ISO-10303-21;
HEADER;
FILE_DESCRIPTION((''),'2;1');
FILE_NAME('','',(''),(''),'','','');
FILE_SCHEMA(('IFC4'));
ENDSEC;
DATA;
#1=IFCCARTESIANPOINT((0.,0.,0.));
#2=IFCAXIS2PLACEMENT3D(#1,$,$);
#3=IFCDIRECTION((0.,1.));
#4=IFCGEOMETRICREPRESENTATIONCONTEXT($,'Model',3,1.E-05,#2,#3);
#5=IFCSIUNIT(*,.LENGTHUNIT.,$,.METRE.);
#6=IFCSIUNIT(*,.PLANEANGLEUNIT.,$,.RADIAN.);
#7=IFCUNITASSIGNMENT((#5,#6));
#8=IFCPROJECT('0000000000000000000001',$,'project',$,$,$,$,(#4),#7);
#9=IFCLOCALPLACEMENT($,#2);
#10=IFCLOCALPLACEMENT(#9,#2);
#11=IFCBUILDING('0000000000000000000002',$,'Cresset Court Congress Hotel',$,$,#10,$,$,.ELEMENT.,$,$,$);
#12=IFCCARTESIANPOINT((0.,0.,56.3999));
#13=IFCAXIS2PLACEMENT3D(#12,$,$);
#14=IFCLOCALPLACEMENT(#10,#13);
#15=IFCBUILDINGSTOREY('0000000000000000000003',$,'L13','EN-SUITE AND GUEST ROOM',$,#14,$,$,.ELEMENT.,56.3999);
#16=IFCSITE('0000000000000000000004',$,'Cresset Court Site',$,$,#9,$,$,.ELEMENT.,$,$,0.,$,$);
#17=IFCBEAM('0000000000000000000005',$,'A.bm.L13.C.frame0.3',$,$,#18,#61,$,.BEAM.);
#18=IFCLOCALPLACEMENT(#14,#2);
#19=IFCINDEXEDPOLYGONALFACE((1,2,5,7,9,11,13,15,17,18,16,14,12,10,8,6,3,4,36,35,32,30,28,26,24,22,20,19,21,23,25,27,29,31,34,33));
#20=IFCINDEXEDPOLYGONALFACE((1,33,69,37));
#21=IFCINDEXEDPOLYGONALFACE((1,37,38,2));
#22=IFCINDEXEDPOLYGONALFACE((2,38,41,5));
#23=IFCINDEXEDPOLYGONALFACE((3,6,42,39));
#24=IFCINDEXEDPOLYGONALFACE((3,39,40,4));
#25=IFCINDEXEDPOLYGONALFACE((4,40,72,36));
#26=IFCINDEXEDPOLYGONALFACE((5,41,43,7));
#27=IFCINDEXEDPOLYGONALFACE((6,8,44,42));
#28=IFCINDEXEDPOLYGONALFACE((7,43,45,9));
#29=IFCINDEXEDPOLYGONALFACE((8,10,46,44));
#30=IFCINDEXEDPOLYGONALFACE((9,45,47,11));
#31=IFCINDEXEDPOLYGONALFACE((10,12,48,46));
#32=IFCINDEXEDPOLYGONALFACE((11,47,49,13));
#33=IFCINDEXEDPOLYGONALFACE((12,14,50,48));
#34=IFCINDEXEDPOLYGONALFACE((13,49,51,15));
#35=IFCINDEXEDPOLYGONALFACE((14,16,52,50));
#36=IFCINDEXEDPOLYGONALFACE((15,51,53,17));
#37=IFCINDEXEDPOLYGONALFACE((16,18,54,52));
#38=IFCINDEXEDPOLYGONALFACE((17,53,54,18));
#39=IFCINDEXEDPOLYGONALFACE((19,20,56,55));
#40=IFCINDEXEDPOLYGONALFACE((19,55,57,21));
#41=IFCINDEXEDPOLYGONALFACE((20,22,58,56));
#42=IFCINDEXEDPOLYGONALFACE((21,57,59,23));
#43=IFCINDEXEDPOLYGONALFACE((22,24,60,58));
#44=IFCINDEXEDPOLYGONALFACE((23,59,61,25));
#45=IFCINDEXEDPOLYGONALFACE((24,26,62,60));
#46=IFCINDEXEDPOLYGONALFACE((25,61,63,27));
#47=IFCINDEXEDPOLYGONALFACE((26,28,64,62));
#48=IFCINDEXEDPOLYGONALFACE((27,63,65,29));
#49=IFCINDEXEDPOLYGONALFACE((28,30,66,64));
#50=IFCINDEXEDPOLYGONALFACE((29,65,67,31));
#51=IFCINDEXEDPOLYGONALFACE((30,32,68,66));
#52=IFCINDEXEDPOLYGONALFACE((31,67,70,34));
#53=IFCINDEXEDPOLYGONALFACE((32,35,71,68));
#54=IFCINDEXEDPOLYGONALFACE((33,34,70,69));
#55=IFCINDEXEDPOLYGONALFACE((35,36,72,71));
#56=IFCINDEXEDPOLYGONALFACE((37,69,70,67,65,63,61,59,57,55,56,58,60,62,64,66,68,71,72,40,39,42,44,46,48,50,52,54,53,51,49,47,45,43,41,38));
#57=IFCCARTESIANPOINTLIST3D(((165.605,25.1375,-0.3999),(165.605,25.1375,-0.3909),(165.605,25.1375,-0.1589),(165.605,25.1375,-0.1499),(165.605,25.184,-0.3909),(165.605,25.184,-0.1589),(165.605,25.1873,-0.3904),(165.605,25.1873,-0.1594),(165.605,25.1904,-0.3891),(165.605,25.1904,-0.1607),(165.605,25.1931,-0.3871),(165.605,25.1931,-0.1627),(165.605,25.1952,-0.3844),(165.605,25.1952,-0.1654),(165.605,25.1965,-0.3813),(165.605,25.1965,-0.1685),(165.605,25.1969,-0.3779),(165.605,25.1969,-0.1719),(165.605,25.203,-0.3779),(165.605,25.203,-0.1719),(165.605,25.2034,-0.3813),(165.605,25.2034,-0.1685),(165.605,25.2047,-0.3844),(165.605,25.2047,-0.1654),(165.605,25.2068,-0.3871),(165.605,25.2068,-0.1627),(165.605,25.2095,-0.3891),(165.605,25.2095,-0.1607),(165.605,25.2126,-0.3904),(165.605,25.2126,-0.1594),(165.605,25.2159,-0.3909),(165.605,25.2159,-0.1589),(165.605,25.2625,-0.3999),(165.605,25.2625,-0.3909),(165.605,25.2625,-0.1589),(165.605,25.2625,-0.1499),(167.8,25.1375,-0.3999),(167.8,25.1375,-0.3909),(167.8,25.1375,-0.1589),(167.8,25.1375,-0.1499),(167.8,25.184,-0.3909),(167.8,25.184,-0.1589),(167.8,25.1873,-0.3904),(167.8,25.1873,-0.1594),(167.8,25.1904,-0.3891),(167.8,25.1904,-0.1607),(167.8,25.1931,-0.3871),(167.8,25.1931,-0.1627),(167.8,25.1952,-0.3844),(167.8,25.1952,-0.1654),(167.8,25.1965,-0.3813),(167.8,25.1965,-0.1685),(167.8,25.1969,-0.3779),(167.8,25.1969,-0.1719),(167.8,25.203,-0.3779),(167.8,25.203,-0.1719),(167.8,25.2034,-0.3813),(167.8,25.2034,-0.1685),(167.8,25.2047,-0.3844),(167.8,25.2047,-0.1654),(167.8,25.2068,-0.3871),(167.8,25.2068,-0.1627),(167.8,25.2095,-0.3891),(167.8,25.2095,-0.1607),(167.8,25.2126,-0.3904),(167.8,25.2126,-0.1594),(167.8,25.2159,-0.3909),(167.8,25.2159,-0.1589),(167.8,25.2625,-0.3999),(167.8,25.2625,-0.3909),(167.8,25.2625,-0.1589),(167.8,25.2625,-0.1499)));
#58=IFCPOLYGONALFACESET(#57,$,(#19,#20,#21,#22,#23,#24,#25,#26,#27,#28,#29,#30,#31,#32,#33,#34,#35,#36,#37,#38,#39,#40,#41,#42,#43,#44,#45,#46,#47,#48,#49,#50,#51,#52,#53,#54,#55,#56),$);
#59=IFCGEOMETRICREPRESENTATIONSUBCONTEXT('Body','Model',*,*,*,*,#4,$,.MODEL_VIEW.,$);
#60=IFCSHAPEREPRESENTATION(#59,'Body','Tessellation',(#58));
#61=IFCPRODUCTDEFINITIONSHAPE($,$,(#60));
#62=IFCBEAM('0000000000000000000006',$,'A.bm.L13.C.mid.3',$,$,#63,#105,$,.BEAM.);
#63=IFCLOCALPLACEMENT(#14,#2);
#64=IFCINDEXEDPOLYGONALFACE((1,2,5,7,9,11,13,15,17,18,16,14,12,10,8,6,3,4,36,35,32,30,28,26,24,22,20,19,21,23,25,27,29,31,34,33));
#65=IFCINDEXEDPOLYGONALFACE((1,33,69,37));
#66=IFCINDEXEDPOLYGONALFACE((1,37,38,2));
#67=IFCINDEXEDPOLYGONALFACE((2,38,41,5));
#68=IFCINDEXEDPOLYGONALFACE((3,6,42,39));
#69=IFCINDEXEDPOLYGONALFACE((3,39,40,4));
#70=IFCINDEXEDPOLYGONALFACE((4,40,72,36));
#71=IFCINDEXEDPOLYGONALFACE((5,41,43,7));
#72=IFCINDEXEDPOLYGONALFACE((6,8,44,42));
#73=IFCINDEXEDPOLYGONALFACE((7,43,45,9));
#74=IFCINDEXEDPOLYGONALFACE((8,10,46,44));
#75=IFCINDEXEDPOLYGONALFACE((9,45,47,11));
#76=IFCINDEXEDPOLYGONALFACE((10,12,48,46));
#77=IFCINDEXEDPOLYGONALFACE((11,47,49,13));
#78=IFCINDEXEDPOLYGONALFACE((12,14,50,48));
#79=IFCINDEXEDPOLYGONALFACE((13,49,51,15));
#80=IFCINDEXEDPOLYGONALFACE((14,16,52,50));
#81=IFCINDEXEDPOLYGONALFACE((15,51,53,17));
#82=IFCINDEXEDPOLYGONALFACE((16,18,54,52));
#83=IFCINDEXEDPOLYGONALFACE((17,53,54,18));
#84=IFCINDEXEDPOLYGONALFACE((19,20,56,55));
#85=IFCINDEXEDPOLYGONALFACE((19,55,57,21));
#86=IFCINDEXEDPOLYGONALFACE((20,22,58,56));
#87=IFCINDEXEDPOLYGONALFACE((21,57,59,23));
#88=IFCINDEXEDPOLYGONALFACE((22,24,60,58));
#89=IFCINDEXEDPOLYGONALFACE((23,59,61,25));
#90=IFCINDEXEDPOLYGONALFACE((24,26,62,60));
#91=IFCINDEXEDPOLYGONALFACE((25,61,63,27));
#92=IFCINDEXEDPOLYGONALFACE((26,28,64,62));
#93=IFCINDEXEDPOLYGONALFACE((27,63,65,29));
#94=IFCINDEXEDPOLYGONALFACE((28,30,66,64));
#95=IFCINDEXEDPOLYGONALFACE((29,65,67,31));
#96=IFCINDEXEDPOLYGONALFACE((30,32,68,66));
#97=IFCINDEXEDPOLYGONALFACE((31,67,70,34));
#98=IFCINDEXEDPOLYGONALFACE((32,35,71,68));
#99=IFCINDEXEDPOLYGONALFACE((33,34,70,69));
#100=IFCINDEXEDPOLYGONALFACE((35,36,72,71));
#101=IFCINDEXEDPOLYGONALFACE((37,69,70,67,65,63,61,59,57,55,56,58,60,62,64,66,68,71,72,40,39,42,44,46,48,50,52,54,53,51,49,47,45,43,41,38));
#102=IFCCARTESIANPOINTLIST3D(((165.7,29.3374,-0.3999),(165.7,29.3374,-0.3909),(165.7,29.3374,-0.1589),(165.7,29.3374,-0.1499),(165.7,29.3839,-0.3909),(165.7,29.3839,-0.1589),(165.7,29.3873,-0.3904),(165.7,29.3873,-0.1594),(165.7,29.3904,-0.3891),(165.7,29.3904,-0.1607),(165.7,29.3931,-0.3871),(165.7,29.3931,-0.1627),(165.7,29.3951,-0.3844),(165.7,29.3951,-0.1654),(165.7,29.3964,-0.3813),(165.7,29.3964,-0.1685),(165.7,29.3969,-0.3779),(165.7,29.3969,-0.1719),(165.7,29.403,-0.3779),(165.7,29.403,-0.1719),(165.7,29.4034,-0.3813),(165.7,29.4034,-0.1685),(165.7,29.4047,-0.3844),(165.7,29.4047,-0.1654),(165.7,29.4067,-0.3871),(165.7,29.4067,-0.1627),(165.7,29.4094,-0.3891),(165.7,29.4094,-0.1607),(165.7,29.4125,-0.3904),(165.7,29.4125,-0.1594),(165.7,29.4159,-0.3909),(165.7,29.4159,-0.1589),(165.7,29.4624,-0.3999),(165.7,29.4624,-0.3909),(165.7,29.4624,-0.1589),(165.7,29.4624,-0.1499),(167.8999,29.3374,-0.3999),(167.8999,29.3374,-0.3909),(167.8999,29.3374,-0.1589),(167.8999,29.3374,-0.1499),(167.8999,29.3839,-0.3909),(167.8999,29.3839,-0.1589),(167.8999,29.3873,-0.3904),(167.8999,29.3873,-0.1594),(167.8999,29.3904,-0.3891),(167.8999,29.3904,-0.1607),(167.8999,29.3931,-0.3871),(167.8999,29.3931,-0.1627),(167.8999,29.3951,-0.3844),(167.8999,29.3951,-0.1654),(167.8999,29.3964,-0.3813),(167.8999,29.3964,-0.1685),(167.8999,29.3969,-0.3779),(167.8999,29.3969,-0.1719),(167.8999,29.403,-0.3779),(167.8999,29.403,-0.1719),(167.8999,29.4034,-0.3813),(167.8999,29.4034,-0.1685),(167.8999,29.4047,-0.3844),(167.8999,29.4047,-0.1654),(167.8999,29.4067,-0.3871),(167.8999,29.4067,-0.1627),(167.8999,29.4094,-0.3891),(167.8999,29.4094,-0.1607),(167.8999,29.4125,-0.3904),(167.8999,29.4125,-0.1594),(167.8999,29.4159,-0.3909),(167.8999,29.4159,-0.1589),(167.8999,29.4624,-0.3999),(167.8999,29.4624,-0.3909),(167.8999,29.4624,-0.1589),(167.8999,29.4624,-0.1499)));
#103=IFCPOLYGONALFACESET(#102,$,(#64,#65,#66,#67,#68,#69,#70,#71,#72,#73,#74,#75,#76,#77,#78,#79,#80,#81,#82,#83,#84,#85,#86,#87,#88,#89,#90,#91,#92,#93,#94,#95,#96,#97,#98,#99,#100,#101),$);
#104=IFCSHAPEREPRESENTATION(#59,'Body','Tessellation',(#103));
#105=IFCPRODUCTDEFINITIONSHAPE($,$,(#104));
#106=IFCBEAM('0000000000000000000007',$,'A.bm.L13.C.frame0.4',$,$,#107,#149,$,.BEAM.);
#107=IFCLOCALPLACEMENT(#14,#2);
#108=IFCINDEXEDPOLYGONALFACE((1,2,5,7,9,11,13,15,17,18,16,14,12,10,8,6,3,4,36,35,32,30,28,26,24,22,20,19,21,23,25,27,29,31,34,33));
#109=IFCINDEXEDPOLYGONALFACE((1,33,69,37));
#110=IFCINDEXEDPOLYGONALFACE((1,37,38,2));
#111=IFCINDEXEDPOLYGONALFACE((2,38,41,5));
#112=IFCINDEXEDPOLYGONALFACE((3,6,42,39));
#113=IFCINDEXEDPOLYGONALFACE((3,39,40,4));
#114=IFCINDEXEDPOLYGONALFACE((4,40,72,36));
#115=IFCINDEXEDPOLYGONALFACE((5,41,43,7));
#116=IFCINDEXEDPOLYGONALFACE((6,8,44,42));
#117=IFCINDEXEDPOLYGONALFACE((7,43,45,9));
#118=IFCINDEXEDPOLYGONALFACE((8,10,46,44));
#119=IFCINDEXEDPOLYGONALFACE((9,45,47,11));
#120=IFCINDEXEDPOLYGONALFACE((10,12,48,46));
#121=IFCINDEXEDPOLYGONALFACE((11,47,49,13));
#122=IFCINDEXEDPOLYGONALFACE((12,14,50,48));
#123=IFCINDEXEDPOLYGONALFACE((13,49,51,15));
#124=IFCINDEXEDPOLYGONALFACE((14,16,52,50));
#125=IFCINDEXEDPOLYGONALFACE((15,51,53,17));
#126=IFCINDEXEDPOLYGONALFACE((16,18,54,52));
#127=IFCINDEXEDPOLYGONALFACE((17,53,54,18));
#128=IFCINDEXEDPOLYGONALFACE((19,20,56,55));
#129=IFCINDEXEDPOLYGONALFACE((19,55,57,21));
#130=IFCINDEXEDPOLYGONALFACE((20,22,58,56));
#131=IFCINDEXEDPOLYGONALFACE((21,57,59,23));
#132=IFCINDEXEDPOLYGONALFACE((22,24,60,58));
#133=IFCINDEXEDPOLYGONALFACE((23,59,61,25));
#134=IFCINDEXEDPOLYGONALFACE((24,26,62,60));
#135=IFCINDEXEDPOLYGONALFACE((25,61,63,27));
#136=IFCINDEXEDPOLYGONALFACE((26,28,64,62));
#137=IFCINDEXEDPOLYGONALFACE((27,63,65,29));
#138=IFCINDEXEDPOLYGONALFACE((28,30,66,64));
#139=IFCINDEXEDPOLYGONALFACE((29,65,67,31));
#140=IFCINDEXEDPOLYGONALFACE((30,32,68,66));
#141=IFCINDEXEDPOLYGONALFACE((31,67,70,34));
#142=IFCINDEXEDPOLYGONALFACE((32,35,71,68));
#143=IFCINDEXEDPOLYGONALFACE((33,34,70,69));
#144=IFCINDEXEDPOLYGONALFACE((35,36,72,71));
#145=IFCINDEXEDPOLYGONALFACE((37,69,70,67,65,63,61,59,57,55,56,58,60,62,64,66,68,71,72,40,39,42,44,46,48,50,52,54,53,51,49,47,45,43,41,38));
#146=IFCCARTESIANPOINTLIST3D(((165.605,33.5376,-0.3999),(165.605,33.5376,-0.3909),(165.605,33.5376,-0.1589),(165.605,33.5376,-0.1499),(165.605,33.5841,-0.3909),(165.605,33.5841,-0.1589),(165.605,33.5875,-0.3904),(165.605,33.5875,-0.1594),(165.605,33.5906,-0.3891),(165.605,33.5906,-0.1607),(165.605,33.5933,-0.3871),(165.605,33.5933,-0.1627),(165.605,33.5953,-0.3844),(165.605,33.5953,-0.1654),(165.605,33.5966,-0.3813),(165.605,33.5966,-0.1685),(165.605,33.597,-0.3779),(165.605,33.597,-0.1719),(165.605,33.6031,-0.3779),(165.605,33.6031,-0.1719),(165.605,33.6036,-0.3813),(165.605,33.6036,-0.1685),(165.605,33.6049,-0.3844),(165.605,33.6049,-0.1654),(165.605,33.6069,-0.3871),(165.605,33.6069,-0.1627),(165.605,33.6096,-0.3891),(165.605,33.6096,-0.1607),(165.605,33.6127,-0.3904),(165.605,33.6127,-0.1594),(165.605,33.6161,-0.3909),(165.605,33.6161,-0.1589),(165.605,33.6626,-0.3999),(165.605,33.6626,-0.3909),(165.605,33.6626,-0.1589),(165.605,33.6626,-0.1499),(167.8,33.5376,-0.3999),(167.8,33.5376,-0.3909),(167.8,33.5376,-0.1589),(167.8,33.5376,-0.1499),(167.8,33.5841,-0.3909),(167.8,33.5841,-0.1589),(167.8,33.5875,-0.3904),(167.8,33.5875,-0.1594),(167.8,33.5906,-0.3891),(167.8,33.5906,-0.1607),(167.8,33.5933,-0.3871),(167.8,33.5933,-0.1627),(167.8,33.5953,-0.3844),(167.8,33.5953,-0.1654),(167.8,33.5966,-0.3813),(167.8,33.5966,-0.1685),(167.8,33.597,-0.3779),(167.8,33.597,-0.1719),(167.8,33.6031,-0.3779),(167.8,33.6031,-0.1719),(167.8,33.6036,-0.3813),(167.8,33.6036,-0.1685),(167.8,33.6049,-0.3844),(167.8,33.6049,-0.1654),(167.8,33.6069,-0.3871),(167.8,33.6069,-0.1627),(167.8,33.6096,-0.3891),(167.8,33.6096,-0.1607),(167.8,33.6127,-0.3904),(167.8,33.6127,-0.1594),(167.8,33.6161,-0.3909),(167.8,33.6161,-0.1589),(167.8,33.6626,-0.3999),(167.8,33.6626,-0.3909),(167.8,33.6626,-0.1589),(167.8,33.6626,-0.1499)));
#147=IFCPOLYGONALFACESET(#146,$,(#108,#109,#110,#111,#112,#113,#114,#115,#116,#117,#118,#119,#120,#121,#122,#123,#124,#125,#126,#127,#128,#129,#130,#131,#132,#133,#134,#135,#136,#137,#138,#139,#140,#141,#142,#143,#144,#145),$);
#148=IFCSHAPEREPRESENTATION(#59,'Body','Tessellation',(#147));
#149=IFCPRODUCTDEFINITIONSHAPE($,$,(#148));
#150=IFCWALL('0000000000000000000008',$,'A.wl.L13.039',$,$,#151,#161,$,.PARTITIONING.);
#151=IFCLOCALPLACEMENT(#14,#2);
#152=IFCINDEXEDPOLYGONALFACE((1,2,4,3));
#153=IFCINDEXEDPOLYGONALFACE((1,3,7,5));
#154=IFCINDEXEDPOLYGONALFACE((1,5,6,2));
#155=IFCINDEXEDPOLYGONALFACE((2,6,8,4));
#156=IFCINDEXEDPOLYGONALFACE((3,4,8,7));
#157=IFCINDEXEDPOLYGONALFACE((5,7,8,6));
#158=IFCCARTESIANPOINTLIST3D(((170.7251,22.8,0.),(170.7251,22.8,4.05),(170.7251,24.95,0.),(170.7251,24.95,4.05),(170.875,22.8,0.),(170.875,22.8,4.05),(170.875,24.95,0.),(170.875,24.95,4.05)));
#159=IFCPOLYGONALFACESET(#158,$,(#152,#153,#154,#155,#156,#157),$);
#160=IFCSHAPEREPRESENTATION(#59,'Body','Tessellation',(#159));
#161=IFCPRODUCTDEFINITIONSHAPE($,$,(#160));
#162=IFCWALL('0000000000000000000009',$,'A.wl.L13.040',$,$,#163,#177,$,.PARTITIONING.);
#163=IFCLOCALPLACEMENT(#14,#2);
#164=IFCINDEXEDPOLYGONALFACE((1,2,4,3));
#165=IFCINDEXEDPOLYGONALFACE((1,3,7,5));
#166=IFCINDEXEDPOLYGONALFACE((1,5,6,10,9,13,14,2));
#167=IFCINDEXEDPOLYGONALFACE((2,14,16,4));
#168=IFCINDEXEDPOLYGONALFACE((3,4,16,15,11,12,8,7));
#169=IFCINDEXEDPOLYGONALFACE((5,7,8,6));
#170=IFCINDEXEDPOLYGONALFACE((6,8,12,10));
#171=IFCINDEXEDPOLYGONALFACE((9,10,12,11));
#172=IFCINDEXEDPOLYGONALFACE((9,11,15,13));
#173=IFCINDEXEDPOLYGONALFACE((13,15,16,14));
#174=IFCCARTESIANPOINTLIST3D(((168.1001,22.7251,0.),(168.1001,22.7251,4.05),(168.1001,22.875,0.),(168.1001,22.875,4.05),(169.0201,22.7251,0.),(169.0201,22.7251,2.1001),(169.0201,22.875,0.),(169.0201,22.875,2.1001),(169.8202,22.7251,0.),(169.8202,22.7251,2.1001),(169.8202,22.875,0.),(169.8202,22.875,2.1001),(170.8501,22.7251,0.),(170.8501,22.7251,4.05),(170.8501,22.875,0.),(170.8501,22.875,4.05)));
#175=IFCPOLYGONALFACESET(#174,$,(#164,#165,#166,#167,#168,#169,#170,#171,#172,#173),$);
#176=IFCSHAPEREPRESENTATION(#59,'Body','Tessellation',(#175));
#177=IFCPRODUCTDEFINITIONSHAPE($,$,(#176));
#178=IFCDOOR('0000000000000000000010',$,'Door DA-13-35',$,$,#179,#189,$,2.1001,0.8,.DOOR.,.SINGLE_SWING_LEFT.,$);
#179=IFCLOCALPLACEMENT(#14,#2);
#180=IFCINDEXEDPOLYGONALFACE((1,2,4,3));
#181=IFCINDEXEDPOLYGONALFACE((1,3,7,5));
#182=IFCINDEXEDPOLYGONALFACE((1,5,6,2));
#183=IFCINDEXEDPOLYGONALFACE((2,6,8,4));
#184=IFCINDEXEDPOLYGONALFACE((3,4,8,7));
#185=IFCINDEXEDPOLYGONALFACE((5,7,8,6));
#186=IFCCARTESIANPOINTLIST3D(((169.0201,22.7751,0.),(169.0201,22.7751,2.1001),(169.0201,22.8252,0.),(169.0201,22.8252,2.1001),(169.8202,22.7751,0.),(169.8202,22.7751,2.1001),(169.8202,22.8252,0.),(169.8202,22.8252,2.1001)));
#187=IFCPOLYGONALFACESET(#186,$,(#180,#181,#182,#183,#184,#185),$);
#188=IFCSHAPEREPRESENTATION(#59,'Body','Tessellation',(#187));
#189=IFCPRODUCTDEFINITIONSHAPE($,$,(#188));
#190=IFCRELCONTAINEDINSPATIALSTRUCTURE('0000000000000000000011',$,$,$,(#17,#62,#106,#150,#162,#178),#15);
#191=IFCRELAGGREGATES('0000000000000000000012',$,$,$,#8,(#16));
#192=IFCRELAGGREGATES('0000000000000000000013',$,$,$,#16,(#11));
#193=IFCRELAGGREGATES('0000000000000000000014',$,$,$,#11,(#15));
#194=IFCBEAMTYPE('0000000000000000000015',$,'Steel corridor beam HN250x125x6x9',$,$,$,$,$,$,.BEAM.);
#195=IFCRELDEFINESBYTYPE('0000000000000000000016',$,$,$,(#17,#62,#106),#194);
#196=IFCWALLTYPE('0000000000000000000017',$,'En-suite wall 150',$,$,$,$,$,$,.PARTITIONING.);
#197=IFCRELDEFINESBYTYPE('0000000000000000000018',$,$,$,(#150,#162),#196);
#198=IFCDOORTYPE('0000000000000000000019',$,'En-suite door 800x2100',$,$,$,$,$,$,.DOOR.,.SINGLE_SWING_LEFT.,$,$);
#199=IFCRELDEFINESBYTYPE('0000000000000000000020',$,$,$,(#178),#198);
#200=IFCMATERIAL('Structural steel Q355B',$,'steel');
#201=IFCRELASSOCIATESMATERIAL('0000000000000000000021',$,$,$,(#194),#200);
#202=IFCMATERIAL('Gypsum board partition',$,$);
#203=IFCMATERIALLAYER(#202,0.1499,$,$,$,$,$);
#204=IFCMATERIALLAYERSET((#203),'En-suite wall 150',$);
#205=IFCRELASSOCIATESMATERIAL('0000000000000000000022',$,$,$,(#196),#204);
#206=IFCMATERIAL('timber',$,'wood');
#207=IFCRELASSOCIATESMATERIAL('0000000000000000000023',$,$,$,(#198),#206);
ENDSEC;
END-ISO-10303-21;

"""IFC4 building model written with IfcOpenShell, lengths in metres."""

from ifc_helpers import new_model, si_unit, direction, frame, frame_2d, origin, origin_2d, place, context, subcontext, project, spatial, rectangle, i_section, extrude, material, layer, layer_set, material_profile, profile_set, type_object, element, fill, save


model = new_model("IFC4")

# Units and contexts
model_context = context("Model", 3, precision=1e-05, world=origin(), true_north=direction((0.0, 1.0)))
body_context = subcontext(model_context, "Body", "Model", "MODEL_VIEW")
ifc_project = project(units=[si_unit("LENGTHUNIT", "METRE"), si_unit("PLANEANGLEUNIT", "RADIAN")], contexts=[model_context])

# Site, building, storey
site_placement = place(None, origin())
site = spatial("IfcSite", under=ifc_project, at=site_placement, Name="Cresset Court Site", CompositionType="ELEMENT", RefElevation=0.0)
building_placement = place(site_placement, origin())
building = spatial("IfcBuilding", under=site, at=building_placement, Name="Cresset Court Congress Hotel", CompositionType="ELEMENT")
storey_placement = place(building_placement, frame((0.0, 0.0, 56.3999)))
storey = spatial("IfcBuildingStorey", under=building, at=storey_placement, Name="L13", Description="EN-SUITE AND GUEST ROOM", CompositionType="ELEMENT", Elevation=56.3999)

# Beams
ifc_material_1 = material(Name="Structural steel Q355B", Category="steel")
ifc_material_profile = material_profile(ifc_material_1, i_section(OverallWidth=0.125, OverallDepth=0.25, WebThickness=0.0061, FlangeThickness=0.009, FilletRadius=0.0129, at=origin_2d()), Name="HN250x125x6x9")
ifc_profile_set = profile_set([ifc_material_profile], Name="Structural steel Q355B")
beam_type = type_object("IfcBeamType", Name="Steel corridor beam HN250x125x6x9", PredefinedType="BEAM", material=ifc_profile_set)
beam_1_placement = place(storey_placement, frame((165.605, 25.2, -0.2749), z_axis=(1.0, 0.0, 0.0), x_axis=(0.0, 1.0, 0.0)))
element("IfcBeam", 1, at=beam_1_placement, inside=storey, type_object=beam_type, Name="A.bm.L13.C.frame0.3", PredefinedType="BEAM", context=body_context, shape_type="SweptSolid", body=[
    extrude(i_section(OverallWidth=0.125, OverallDepth=0.25, WebThickness=0.0061, FlangeThickness=0.009, FilletRadius=0.0129, at=origin_2d()), origin(), (0.0, 0.0, 1.0), 2.1951),
])
beam_2_placement = place(storey_placement, frame((165.7, 29.3999, -0.2749), z_axis=(1.0, 0.0, 0.0), x_axis=(0.0, 1.0, 0.0)))
element("IfcBeam", 2, at=beam_2_placement, inside=storey, type_object=beam_type, Name="A.bm.L13.C.mid.3", PredefinedType="BEAM", context=body_context, shape_type="SweptSolid", body=[
    extrude(i_section(OverallWidth=0.125, OverallDepth=0.25, WebThickness=0.0061, FlangeThickness=0.009, FilletRadius=0.0129, at=origin_2d()), origin(), (0.0, 0.0, 1.0), 2.2),
])
beam_3_placement = place(storey_placement, frame((165.605, 33.6001, -0.2749), z_axis=(1.0, 0.0, 0.0), x_axis=(0.0, 1.0, 0.0)))
element("IfcBeam", 3, at=beam_3_placement, inside=storey, type_object=beam_type, Name="A.bm.L13.C.frame0.4", PredefinedType="BEAM", context=body_context, shape_type="SweptSolid", body=[
    extrude(i_section(OverallWidth=0.125, OverallDepth=0.25, WebThickness=0.0061, FlangeThickness=0.009, FilletRadius=0.0129, at=origin_2d()), origin(), (0.0, 0.0, 1.0), 2.1951),
])

# Wall
ifc_material_2 = material(Name="Gypsum board partition")
ifc_layer_1 = layer(ifc_material_2, 0.1499)
ifc_layer_set_1 = layer_set([ifc_layer_1], Name="En-suite wall 150")
wall_type_1 = type_object("IfcWallType", Name="En-suite wall 150", PredefinedType="PARTITIONING", material=ifc_layer_set_1)
wall_1_placement = place(storey_placement, frame((170.8, 22.8, 0.0), z_axis=(0.0, 0.0, 1.0), x_axis=(0.0, 1.0, 0.0)))
element("IfcWall", 4, at=wall_1_placement, inside=storey, type_object=wall_type_1, Name="A.wl.L13.039", PredefinedType="PARTITIONING", context=body_context, shape_type="SweptSolid", body=[
    extrude(rectangle(XDim=2.1499, YDim=0.1499, at=frame_2d((1.075, 0.0))), origin(), (0.0, 0.0, 1.0), 4.05),
])

# Wall, opening, door
wall_2_placement = place(storey_placement, frame((170.8501, 22.8, 0.0), z_axis=(0.0, 0.0, 1.0), x_axis=(-1.0, 0.0, 0.0)))
wall_2 = element("IfcWall", 5, at=wall_2_placement, inside=storey, type_object=wall_type_1, Name="A.wl.L13.040", PredefinedType="PARTITIONING", context=body_context, shape_type="SweptSolid", body=[
    extrude(rectangle(XDim=2.75, YDim=0.1499, at=frame_2d((1.375, 0.0))), origin(), (0.0, 0.0, 1.0), 4.05),
])
opening_1_placement = place(wall_2_placement, frame((1.03, 0.0, 0.0)))
opening_1 = element("IfcOpeningElement", 6, at=opening_1_placement, cuts=wall_2, PredefinedType="OPENING", context=body_context, shape_type="SweptSolid", body=[
    extrude(rectangle(XDim=0.8, YDim=2.1001, at=frame_2d((0.3999, 1.05))), frame((0.0, 0.085, 0.0), z_axis=(0.0, -1.0, 0.0), x_axis=(1.0, 0.0, 0.0)), (0.0, 0.0, 1.0), 0.1699),
])
ifc_material_3 = material(Name="timber", Category="wood")
door_type_1 = type_object("IfcDoorType", Name="En-suite door 800x2100", OperationType="SINGLE_SWING_LEFT", PredefinedType="DOOR", material=ifc_material_3)
door_1_placement = place(opening_1_placement, origin())
door_1 = element("IfcDoor", 7, at=door_1_placement, inside=storey, type_object=door_type_1, Name="Door DA-13-35", OperationType="SINGLE_SWING_LEFT", OverallHeight=2.1001, OverallWidth=0.8, PredefinedType="DOOR", context=body_context, shape_type="SweptSolid", body=[
    extrude(rectangle(XDim=0.8, YDim=2.1001, at=frame_2d((0.3999, 1.05))), frame((0.0, 0.0249, 0.0), z_axis=(0.0, -1.0, 0.0), x_axis=(1.0, 0.0, 0.0)), (0.0, 0.0, 1.0), 0.05),
])
fill(opening_1, door_1)

save(model, "model.ifc")
